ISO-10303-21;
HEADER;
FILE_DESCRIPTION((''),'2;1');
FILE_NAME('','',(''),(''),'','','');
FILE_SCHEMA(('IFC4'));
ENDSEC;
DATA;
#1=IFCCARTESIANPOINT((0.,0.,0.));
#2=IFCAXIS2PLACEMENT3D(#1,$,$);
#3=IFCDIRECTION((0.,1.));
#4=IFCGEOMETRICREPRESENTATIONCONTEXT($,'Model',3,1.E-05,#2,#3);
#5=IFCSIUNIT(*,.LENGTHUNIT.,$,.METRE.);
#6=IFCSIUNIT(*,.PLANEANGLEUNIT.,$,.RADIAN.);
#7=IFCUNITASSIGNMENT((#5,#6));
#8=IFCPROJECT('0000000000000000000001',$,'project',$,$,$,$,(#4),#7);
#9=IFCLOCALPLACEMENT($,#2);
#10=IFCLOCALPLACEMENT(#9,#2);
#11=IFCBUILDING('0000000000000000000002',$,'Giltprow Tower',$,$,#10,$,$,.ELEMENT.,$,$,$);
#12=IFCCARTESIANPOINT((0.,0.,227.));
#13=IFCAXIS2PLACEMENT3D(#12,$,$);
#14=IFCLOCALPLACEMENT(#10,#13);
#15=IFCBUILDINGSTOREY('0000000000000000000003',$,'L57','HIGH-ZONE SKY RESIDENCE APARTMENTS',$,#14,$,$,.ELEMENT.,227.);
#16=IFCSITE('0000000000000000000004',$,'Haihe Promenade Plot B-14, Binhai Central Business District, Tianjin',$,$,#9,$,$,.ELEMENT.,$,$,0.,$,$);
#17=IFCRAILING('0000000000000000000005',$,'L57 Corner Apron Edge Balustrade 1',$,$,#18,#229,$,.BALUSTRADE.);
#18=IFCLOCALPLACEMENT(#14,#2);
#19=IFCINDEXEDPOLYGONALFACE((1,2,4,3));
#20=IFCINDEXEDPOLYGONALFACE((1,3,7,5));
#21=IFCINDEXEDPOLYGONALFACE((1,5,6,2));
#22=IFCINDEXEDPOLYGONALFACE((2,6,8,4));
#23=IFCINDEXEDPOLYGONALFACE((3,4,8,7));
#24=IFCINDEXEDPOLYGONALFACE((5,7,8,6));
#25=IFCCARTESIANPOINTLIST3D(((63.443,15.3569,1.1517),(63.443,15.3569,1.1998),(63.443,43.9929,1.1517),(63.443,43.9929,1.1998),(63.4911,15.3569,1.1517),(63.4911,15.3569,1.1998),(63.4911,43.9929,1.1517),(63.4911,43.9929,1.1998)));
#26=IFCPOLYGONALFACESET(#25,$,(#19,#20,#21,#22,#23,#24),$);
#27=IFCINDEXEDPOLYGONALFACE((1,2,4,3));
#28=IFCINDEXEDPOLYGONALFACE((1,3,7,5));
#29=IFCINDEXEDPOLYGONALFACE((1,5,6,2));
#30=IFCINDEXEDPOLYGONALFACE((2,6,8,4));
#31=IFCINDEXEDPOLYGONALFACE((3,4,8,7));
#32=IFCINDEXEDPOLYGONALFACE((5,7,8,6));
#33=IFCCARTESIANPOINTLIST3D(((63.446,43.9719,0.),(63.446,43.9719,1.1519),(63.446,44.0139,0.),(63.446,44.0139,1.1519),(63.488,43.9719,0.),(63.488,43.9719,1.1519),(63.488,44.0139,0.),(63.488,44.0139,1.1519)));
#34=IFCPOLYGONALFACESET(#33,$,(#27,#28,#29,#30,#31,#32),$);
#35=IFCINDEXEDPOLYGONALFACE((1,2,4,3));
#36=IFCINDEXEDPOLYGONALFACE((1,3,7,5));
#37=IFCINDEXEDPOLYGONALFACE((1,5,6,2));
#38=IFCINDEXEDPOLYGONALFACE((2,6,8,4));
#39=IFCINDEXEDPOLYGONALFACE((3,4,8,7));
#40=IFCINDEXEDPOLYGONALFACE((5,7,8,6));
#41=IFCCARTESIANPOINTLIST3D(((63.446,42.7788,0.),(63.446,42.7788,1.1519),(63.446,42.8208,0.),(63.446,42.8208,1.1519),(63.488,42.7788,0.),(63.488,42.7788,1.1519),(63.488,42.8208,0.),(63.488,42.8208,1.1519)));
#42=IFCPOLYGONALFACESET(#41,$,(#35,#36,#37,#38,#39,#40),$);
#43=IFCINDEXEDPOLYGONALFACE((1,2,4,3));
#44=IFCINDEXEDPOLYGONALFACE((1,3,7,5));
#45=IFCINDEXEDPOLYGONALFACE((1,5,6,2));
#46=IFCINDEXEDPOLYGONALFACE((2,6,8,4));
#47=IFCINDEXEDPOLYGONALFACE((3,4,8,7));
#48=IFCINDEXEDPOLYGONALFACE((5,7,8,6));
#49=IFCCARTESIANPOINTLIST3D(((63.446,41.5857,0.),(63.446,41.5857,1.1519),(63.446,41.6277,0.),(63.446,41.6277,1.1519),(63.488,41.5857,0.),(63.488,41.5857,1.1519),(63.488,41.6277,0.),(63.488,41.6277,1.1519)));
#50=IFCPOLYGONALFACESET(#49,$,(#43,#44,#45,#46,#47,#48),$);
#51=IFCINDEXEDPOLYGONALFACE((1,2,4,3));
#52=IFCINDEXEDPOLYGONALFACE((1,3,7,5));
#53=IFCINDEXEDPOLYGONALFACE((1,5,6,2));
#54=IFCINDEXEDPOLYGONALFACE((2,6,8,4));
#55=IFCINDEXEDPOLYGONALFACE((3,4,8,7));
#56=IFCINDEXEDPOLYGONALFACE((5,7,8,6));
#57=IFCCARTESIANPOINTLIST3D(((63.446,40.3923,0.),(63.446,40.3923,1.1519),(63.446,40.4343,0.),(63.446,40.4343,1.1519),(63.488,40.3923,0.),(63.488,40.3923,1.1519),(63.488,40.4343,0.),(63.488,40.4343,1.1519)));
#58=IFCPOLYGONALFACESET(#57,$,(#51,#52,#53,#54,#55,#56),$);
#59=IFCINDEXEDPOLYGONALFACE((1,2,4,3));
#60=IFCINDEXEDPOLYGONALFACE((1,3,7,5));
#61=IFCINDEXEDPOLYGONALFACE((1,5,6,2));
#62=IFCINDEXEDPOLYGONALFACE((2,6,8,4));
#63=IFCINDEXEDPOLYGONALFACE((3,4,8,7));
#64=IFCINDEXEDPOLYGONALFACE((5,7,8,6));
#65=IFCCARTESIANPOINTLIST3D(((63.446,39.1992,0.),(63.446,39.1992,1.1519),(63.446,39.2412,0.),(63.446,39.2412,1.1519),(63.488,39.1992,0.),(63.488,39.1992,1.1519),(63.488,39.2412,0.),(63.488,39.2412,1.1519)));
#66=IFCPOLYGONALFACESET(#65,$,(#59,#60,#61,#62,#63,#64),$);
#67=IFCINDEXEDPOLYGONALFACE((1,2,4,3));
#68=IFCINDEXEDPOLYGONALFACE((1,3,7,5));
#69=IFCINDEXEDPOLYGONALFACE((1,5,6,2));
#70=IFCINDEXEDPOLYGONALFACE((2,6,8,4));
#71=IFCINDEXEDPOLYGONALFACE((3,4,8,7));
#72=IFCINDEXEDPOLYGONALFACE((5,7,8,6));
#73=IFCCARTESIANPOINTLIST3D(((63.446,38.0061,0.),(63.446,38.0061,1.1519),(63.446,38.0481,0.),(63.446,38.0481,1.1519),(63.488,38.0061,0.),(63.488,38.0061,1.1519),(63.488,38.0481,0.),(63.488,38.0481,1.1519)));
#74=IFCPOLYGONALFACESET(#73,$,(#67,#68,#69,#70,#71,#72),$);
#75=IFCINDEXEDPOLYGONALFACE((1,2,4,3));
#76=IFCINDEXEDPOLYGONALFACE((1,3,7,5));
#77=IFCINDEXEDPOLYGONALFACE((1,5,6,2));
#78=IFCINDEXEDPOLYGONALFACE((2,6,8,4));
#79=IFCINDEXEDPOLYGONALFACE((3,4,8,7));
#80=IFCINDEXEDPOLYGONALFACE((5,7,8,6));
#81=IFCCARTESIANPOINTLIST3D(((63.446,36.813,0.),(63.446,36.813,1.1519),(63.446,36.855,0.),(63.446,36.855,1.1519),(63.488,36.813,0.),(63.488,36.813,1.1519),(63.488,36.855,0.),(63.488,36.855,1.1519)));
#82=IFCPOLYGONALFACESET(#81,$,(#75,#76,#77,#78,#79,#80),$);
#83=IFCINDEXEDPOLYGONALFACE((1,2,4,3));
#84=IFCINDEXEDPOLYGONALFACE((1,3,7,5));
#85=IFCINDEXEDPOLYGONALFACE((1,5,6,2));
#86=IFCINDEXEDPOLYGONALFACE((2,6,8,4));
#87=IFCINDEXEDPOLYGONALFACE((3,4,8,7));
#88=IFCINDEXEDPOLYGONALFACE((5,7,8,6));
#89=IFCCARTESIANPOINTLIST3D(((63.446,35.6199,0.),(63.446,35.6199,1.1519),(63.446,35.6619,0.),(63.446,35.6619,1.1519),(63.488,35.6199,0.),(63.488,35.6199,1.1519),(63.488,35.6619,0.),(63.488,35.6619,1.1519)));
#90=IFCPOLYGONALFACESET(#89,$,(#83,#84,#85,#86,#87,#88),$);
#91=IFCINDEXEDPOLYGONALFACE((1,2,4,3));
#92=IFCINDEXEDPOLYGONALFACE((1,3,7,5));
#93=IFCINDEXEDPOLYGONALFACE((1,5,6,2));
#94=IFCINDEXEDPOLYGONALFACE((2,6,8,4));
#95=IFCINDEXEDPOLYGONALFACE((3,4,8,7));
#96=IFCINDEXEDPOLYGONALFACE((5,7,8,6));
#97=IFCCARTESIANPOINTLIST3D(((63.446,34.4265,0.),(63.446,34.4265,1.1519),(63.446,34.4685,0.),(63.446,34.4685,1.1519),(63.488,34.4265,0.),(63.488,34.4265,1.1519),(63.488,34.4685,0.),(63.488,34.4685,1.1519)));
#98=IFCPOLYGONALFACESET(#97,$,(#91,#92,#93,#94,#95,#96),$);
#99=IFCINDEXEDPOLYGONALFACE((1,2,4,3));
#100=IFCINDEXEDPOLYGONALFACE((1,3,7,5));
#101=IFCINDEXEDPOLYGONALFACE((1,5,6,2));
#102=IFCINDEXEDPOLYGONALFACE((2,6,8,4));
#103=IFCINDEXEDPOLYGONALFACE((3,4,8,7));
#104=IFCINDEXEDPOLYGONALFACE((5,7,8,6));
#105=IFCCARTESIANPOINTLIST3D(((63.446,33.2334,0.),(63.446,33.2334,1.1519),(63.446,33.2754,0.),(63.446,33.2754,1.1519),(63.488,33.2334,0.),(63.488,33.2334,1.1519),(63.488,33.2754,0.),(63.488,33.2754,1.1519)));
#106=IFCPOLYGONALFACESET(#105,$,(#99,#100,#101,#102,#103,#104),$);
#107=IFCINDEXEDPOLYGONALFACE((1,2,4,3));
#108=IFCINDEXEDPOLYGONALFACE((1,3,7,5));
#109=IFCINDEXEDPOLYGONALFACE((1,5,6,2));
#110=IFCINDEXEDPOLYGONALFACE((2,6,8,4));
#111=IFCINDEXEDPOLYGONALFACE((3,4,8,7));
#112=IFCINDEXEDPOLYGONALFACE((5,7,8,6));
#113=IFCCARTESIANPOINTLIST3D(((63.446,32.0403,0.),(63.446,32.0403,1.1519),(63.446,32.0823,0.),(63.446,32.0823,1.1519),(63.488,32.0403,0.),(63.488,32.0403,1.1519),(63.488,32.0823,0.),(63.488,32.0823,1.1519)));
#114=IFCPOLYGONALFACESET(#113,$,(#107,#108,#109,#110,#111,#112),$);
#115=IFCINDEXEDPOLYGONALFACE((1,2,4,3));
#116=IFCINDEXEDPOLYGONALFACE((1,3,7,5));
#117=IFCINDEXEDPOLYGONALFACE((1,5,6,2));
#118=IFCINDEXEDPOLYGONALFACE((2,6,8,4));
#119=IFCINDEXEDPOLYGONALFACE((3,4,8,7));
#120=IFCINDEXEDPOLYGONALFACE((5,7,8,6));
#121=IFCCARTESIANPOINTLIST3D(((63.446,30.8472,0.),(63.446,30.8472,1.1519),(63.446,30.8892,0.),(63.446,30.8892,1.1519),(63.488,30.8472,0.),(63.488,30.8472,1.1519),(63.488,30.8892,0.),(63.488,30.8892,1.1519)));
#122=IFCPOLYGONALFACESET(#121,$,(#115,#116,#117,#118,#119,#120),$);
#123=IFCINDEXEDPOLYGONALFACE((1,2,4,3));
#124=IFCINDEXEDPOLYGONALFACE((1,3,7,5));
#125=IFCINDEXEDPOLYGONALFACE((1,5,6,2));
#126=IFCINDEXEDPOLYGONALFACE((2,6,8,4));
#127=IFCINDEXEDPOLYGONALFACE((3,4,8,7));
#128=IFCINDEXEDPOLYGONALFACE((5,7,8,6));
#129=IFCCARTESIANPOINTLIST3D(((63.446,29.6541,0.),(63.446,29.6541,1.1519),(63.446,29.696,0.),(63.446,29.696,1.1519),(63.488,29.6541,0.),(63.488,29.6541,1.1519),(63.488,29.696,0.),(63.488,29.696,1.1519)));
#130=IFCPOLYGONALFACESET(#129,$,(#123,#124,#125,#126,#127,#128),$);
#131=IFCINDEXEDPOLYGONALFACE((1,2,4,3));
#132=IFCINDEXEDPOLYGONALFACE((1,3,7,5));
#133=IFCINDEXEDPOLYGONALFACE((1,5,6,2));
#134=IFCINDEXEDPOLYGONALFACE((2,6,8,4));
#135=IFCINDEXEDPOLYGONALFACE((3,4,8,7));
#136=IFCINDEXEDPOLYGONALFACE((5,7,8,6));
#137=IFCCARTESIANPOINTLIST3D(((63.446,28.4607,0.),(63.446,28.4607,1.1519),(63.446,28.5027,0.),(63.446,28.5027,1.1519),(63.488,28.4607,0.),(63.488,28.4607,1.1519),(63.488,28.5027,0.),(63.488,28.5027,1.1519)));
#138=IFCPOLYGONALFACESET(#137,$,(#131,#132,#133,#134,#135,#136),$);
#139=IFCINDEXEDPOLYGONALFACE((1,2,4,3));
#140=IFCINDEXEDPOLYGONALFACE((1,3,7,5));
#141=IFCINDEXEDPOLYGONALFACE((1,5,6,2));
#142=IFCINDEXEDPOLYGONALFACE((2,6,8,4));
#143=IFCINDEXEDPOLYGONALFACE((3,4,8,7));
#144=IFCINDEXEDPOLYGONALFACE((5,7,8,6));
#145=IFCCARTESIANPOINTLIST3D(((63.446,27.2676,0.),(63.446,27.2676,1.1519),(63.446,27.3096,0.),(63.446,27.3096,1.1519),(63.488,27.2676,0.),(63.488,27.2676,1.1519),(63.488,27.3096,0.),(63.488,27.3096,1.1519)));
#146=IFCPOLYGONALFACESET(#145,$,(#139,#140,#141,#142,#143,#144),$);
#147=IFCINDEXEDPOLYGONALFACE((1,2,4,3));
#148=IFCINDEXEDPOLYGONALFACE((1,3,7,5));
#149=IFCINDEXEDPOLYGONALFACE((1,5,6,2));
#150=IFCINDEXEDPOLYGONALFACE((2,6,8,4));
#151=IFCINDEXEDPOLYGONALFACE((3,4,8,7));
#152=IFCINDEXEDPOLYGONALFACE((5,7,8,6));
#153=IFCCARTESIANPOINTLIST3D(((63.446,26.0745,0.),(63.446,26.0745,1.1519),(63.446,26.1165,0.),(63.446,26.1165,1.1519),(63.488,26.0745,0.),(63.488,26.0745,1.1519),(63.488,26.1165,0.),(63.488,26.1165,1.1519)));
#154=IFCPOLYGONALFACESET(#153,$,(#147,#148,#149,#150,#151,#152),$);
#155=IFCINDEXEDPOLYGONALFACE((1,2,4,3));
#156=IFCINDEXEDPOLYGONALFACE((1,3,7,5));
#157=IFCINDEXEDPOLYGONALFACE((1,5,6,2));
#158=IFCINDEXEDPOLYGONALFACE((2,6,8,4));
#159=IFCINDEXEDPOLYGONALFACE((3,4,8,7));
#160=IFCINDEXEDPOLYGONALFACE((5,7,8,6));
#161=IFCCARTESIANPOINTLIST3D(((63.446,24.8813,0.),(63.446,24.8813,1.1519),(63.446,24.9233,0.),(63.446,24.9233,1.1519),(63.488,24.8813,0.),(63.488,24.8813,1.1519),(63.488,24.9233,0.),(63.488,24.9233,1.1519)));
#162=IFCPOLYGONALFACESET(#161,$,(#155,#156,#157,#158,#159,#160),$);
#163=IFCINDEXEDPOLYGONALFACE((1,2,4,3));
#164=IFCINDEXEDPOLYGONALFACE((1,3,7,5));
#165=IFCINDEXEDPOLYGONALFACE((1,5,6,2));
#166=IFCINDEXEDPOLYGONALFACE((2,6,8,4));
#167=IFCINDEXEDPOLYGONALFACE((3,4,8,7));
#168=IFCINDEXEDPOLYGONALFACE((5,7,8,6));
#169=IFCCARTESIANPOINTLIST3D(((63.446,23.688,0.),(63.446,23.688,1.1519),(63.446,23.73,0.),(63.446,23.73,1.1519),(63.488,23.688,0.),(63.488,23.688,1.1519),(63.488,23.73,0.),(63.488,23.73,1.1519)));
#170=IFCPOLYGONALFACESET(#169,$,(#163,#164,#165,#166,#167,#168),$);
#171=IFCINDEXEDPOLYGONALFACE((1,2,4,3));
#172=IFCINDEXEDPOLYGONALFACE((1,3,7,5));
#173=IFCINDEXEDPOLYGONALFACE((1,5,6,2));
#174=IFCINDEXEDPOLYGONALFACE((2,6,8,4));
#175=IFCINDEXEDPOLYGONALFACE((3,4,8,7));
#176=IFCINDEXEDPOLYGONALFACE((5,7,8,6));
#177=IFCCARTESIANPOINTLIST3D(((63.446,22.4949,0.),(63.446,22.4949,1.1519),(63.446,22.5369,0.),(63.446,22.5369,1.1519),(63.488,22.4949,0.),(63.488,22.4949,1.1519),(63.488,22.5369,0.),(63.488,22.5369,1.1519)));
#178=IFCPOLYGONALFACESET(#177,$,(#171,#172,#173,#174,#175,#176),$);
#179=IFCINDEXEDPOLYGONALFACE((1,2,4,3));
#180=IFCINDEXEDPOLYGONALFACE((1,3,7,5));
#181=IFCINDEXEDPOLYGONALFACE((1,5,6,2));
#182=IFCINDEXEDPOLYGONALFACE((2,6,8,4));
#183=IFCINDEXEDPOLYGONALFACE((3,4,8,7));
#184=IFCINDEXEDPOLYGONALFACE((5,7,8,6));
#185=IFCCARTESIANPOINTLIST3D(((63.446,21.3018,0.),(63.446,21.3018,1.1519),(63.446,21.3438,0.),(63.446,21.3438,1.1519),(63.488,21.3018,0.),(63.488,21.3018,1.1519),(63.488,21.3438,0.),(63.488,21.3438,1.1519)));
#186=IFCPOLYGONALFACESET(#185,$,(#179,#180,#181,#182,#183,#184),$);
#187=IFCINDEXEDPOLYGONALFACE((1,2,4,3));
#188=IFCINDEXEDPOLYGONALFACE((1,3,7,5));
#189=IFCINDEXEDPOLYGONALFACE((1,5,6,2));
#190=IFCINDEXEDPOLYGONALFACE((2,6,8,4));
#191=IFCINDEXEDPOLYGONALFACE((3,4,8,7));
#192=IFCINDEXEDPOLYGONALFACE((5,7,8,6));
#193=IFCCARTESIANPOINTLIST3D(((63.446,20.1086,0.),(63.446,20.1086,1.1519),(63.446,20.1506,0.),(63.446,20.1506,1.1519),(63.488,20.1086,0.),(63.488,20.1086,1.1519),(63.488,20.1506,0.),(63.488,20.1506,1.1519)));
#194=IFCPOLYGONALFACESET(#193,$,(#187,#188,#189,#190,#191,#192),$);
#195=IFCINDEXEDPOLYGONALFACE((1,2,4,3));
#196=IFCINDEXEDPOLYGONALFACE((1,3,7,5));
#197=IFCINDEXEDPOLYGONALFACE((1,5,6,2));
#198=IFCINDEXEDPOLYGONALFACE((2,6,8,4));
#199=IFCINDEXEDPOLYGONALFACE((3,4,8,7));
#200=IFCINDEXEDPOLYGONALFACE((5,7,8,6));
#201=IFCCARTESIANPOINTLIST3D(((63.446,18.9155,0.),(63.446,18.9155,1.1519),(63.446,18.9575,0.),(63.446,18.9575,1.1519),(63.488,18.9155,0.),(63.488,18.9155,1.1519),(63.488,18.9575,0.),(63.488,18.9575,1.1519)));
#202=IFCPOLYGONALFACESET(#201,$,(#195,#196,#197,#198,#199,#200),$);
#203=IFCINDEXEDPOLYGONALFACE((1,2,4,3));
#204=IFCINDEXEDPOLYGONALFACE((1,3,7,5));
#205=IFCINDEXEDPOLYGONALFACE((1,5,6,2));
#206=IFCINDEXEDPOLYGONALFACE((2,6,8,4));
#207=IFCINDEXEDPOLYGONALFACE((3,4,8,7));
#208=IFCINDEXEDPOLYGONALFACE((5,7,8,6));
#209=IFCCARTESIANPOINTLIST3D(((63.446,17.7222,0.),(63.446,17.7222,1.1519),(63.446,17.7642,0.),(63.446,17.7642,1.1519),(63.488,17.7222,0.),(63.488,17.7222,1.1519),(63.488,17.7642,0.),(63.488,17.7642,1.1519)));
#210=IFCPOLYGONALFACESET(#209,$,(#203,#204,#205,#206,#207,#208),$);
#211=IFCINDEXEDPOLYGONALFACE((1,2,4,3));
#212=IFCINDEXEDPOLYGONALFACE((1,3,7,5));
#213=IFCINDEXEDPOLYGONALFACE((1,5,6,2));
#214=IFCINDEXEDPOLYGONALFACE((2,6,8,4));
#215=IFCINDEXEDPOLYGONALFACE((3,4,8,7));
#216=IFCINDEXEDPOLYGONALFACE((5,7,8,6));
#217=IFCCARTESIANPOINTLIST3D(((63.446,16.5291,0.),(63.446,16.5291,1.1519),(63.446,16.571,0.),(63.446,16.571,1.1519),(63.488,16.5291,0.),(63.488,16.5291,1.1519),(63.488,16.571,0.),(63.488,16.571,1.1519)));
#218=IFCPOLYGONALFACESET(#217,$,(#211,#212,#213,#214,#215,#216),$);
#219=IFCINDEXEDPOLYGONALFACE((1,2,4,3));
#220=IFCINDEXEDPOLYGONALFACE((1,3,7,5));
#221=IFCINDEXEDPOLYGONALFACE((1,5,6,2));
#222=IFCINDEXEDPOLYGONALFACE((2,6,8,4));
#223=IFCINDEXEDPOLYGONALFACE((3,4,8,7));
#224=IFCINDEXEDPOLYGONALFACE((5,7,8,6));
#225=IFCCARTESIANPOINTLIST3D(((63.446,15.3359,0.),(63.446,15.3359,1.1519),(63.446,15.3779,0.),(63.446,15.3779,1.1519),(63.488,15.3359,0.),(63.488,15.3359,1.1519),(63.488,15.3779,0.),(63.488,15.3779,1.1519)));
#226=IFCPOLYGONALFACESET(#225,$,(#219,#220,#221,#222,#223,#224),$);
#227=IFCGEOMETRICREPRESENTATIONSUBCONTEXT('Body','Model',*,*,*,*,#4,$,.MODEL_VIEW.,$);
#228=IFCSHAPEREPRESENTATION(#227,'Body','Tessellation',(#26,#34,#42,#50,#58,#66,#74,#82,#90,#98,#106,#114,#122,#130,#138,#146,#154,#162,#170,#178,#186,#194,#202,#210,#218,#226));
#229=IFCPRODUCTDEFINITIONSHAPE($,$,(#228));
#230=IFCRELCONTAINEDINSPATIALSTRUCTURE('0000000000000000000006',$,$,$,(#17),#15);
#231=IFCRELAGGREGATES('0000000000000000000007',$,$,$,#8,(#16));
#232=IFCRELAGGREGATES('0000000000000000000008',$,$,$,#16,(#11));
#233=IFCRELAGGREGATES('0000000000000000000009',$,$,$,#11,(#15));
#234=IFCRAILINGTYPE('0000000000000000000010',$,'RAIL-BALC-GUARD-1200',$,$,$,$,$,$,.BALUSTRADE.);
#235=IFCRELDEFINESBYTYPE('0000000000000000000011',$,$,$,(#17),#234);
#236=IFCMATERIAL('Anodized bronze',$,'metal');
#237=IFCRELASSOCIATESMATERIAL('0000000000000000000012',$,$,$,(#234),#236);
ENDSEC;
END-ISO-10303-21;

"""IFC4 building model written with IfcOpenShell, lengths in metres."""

from ifc_helpers import new_model, si_unit, direction, frame, origin, origin_2d, place, context, subcontext, project, spatial, rectangle, extrude, material, type_object, element, save


model = new_model("IFC4")

# Units and contexts
model_context = context("Model", 3, precision=1e-05, world=origin(), true_north=direction((0.0, 1.0)))
body_context = subcontext(model_context, "Body", "Model", "MODEL_VIEW")
ifc_project = project(units=[si_unit("LENGTHUNIT", "METRE"), si_unit("PLANEANGLEUNIT", "RADIAN")], contexts=[model_context])

# Site, building, storey
site_placement = place(None, origin())
site = spatial("IfcSite", under=ifc_project, at=site_placement, Name="Haihe Promenade Plot B-14, Binhai Central Business District, Tianjin", CompositionType="ELEMENT", RefElevation=0.0)
building_placement = place(site_placement, origin())
building = spatial("IfcBuilding", under=site, at=building_placement, Name="Giltprow Tower", CompositionType="ELEMENT")
storey_placement = place(building_placement, frame((0.0, 0.0, 227.0)))
storey = spatial("IfcBuildingStorey", under=building, at=storey_placement, Name="L57", Description="HIGH-ZONE SKY RESIDENCE APARTMENTS", CompositionType="ELEMENT", Elevation=227.0)

# Railing
ifc_material_1 = material(Name="Anodized bronze", Category="metal")
railing_type_1 = type_object("IfcRailingType", Name="RAIL-BALC-GUARD-1200", PredefinedType="BALUSTRADE", material=ifc_material_1)
railing_1_placement = place(storey_placement, frame((63.467, 43.9929, 0.0)))
element("IfcRailing", 1, at=railing_1_placement, inside=storey, type_object=railing_type_1, Name="L57 Corner Apron Edge Balustrade 1", PredefinedType="BALUSTRADE", context=body_context, shape_type="SweptSolid", body=[
    extrude(rectangle(XDim=0.0481, YDim=0.0481, at=origin_2d()), frame((0.0, 0.0, 1.1758), z_axis=(0.0, -1.0, 0.0), x_axis=(1.0, 0.0, 0.0)), (0.0, 0.0, 1.0), 28.636),
    extrude(rectangle(XDim=0.042, YDim=0.042, at=origin_2d()), origin(), (0.0, 0.0, 1.0), 1.1519),
    extrude(rectangle(XDim=0.042, YDim=0.042, at=origin_2d()), frame((0.0, -1.1931, 0.0)), (0.0, 0.0, 1.0), 1.1519),
    extrude(rectangle(XDim=0.042, YDim=0.042, at=origin_2d()), frame((0.0, -2.3862, 0.0)), (0.0, 0.0, 1.0), 1.1519),
    extrude(rectangle(XDim=0.042, YDim=0.042, at=origin_2d()), frame((0.0, -3.5796, 0.0)), (0.0, 0.0, 1.0), 1.1519),
    extrude(rectangle(XDim=0.042, YDim=0.042, at=origin_2d()), frame((0.0, -4.7727, 0.0)), (0.0, 0.0, 1.0), 1.1519),
    extrude(rectangle(XDim=0.042, YDim=0.042, at=origin_2d()), frame((0.0, -5.9658, 0.0)), (0.0, 0.0, 1.0), 1.1519),
    extrude(rectangle(XDim=0.042, YDim=0.042, at=origin_2d()), frame((0.0, -7.1589, 0.0)), (0.0, 0.0, 1.0), 1.1519),
    extrude(rectangle(XDim=0.042, YDim=0.042, at=origin_2d()), frame((0.0, -8.3521, 0.0)), (0.0, 0.0, 1.0), 1.1519),
    extrude(rectangle(XDim=0.042, YDim=0.042, at=origin_2d()), frame((0.0, -9.5454, 0.0)), (0.0, 0.0, 1.0), 1.1519),
    extrude(rectangle(XDim=0.042, YDim=0.042, at=origin_2d()), frame((0.0, -10.7385, 0.0)), (0.0, 0.0, 1.0), 1.1519),
    extrude(rectangle(XDim=0.042, YDim=0.042, at=origin_2d()), frame((0.0, -11.9316, 0.0)), (0.0, 0.0, 1.0), 1.1519),
    extrude(rectangle(XDim=0.042, YDim=0.042, at=origin_2d()), frame((0.0, -13.1248, 0.0)), (0.0, 0.0, 1.0), 1.1519),
    extrude(rectangle(XDim=0.042, YDim=0.042, at=origin_2d()), frame((0.0, -14.3179, 0.0)), (0.0, 0.0, 1.0), 1.1519),
    extrude(rectangle(XDim=0.042, YDim=0.042, at=origin_2d()), frame((0.0, -15.5112, 0.0)), (0.0, 0.0, 1.0), 1.1519),
    extrude(rectangle(XDim=0.042, YDim=0.042, at=origin_2d()), frame((0.0, -16.7043, 0.0)), (0.0, 0.0, 1.0), 1.1519),
    extrude(rectangle(XDim=0.042, YDim=0.042, at=origin_2d()), frame((0.0, -17.8975, 0.0)), (0.0, 0.0, 1.0), 1.1519),
    extrude(rectangle(XDim=0.042, YDim=0.042, at=origin_2d()), frame((0.0, -19.0906, 0.0)), (0.0, 0.0, 1.0), 1.1519),
    extrude(rectangle(XDim=0.042, YDim=0.042, at=origin_2d()), frame((0.0, -20.2839, 0.0)), (0.0, 0.0, 1.0), 1.1519),
    extrude(rectangle(XDim=0.042, YDim=0.042, at=origin_2d()), frame((0.0, -21.4771, 0.0)), (0.0, 0.0, 1.0), 1.1519),
    extrude(rectangle(XDim=0.042, YDim=0.042, at=origin_2d()), frame((0.0, -22.6702, 0.0)), (0.0, 0.0, 1.0), 1.1519),
    extrude(rectangle(XDim=0.042, YDim=0.042, at=origin_2d()), frame((0.0, -23.8633, 0.0)), (0.0, 0.0, 1.0), 1.1519),
    extrude(rectangle(XDim=0.042, YDim=0.042, at=origin_2d()), frame((0.0, -25.0564, 0.0)), (0.0, 0.0, 1.0), 1.1519),
    extrude(rectangle(XDim=0.042, YDim=0.042, at=origin_2d()), frame((0.0, -26.2498, 0.0)), (0.0, 0.0, 1.0), 1.1519),
    extrude(rectangle(XDim=0.042, YDim=0.042, at=origin_2d()), frame((0.0, -27.4429, 0.0)), (0.0, 0.0, 1.0), 1.1519),
    extrude(rectangle(XDim=0.042, YDim=0.042, at=origin_2d()), frame((0.0, -28.636, 0.0)), (0.0, 0.0, 1.0), 1.1519),
])

save(model, "model.ifc")
